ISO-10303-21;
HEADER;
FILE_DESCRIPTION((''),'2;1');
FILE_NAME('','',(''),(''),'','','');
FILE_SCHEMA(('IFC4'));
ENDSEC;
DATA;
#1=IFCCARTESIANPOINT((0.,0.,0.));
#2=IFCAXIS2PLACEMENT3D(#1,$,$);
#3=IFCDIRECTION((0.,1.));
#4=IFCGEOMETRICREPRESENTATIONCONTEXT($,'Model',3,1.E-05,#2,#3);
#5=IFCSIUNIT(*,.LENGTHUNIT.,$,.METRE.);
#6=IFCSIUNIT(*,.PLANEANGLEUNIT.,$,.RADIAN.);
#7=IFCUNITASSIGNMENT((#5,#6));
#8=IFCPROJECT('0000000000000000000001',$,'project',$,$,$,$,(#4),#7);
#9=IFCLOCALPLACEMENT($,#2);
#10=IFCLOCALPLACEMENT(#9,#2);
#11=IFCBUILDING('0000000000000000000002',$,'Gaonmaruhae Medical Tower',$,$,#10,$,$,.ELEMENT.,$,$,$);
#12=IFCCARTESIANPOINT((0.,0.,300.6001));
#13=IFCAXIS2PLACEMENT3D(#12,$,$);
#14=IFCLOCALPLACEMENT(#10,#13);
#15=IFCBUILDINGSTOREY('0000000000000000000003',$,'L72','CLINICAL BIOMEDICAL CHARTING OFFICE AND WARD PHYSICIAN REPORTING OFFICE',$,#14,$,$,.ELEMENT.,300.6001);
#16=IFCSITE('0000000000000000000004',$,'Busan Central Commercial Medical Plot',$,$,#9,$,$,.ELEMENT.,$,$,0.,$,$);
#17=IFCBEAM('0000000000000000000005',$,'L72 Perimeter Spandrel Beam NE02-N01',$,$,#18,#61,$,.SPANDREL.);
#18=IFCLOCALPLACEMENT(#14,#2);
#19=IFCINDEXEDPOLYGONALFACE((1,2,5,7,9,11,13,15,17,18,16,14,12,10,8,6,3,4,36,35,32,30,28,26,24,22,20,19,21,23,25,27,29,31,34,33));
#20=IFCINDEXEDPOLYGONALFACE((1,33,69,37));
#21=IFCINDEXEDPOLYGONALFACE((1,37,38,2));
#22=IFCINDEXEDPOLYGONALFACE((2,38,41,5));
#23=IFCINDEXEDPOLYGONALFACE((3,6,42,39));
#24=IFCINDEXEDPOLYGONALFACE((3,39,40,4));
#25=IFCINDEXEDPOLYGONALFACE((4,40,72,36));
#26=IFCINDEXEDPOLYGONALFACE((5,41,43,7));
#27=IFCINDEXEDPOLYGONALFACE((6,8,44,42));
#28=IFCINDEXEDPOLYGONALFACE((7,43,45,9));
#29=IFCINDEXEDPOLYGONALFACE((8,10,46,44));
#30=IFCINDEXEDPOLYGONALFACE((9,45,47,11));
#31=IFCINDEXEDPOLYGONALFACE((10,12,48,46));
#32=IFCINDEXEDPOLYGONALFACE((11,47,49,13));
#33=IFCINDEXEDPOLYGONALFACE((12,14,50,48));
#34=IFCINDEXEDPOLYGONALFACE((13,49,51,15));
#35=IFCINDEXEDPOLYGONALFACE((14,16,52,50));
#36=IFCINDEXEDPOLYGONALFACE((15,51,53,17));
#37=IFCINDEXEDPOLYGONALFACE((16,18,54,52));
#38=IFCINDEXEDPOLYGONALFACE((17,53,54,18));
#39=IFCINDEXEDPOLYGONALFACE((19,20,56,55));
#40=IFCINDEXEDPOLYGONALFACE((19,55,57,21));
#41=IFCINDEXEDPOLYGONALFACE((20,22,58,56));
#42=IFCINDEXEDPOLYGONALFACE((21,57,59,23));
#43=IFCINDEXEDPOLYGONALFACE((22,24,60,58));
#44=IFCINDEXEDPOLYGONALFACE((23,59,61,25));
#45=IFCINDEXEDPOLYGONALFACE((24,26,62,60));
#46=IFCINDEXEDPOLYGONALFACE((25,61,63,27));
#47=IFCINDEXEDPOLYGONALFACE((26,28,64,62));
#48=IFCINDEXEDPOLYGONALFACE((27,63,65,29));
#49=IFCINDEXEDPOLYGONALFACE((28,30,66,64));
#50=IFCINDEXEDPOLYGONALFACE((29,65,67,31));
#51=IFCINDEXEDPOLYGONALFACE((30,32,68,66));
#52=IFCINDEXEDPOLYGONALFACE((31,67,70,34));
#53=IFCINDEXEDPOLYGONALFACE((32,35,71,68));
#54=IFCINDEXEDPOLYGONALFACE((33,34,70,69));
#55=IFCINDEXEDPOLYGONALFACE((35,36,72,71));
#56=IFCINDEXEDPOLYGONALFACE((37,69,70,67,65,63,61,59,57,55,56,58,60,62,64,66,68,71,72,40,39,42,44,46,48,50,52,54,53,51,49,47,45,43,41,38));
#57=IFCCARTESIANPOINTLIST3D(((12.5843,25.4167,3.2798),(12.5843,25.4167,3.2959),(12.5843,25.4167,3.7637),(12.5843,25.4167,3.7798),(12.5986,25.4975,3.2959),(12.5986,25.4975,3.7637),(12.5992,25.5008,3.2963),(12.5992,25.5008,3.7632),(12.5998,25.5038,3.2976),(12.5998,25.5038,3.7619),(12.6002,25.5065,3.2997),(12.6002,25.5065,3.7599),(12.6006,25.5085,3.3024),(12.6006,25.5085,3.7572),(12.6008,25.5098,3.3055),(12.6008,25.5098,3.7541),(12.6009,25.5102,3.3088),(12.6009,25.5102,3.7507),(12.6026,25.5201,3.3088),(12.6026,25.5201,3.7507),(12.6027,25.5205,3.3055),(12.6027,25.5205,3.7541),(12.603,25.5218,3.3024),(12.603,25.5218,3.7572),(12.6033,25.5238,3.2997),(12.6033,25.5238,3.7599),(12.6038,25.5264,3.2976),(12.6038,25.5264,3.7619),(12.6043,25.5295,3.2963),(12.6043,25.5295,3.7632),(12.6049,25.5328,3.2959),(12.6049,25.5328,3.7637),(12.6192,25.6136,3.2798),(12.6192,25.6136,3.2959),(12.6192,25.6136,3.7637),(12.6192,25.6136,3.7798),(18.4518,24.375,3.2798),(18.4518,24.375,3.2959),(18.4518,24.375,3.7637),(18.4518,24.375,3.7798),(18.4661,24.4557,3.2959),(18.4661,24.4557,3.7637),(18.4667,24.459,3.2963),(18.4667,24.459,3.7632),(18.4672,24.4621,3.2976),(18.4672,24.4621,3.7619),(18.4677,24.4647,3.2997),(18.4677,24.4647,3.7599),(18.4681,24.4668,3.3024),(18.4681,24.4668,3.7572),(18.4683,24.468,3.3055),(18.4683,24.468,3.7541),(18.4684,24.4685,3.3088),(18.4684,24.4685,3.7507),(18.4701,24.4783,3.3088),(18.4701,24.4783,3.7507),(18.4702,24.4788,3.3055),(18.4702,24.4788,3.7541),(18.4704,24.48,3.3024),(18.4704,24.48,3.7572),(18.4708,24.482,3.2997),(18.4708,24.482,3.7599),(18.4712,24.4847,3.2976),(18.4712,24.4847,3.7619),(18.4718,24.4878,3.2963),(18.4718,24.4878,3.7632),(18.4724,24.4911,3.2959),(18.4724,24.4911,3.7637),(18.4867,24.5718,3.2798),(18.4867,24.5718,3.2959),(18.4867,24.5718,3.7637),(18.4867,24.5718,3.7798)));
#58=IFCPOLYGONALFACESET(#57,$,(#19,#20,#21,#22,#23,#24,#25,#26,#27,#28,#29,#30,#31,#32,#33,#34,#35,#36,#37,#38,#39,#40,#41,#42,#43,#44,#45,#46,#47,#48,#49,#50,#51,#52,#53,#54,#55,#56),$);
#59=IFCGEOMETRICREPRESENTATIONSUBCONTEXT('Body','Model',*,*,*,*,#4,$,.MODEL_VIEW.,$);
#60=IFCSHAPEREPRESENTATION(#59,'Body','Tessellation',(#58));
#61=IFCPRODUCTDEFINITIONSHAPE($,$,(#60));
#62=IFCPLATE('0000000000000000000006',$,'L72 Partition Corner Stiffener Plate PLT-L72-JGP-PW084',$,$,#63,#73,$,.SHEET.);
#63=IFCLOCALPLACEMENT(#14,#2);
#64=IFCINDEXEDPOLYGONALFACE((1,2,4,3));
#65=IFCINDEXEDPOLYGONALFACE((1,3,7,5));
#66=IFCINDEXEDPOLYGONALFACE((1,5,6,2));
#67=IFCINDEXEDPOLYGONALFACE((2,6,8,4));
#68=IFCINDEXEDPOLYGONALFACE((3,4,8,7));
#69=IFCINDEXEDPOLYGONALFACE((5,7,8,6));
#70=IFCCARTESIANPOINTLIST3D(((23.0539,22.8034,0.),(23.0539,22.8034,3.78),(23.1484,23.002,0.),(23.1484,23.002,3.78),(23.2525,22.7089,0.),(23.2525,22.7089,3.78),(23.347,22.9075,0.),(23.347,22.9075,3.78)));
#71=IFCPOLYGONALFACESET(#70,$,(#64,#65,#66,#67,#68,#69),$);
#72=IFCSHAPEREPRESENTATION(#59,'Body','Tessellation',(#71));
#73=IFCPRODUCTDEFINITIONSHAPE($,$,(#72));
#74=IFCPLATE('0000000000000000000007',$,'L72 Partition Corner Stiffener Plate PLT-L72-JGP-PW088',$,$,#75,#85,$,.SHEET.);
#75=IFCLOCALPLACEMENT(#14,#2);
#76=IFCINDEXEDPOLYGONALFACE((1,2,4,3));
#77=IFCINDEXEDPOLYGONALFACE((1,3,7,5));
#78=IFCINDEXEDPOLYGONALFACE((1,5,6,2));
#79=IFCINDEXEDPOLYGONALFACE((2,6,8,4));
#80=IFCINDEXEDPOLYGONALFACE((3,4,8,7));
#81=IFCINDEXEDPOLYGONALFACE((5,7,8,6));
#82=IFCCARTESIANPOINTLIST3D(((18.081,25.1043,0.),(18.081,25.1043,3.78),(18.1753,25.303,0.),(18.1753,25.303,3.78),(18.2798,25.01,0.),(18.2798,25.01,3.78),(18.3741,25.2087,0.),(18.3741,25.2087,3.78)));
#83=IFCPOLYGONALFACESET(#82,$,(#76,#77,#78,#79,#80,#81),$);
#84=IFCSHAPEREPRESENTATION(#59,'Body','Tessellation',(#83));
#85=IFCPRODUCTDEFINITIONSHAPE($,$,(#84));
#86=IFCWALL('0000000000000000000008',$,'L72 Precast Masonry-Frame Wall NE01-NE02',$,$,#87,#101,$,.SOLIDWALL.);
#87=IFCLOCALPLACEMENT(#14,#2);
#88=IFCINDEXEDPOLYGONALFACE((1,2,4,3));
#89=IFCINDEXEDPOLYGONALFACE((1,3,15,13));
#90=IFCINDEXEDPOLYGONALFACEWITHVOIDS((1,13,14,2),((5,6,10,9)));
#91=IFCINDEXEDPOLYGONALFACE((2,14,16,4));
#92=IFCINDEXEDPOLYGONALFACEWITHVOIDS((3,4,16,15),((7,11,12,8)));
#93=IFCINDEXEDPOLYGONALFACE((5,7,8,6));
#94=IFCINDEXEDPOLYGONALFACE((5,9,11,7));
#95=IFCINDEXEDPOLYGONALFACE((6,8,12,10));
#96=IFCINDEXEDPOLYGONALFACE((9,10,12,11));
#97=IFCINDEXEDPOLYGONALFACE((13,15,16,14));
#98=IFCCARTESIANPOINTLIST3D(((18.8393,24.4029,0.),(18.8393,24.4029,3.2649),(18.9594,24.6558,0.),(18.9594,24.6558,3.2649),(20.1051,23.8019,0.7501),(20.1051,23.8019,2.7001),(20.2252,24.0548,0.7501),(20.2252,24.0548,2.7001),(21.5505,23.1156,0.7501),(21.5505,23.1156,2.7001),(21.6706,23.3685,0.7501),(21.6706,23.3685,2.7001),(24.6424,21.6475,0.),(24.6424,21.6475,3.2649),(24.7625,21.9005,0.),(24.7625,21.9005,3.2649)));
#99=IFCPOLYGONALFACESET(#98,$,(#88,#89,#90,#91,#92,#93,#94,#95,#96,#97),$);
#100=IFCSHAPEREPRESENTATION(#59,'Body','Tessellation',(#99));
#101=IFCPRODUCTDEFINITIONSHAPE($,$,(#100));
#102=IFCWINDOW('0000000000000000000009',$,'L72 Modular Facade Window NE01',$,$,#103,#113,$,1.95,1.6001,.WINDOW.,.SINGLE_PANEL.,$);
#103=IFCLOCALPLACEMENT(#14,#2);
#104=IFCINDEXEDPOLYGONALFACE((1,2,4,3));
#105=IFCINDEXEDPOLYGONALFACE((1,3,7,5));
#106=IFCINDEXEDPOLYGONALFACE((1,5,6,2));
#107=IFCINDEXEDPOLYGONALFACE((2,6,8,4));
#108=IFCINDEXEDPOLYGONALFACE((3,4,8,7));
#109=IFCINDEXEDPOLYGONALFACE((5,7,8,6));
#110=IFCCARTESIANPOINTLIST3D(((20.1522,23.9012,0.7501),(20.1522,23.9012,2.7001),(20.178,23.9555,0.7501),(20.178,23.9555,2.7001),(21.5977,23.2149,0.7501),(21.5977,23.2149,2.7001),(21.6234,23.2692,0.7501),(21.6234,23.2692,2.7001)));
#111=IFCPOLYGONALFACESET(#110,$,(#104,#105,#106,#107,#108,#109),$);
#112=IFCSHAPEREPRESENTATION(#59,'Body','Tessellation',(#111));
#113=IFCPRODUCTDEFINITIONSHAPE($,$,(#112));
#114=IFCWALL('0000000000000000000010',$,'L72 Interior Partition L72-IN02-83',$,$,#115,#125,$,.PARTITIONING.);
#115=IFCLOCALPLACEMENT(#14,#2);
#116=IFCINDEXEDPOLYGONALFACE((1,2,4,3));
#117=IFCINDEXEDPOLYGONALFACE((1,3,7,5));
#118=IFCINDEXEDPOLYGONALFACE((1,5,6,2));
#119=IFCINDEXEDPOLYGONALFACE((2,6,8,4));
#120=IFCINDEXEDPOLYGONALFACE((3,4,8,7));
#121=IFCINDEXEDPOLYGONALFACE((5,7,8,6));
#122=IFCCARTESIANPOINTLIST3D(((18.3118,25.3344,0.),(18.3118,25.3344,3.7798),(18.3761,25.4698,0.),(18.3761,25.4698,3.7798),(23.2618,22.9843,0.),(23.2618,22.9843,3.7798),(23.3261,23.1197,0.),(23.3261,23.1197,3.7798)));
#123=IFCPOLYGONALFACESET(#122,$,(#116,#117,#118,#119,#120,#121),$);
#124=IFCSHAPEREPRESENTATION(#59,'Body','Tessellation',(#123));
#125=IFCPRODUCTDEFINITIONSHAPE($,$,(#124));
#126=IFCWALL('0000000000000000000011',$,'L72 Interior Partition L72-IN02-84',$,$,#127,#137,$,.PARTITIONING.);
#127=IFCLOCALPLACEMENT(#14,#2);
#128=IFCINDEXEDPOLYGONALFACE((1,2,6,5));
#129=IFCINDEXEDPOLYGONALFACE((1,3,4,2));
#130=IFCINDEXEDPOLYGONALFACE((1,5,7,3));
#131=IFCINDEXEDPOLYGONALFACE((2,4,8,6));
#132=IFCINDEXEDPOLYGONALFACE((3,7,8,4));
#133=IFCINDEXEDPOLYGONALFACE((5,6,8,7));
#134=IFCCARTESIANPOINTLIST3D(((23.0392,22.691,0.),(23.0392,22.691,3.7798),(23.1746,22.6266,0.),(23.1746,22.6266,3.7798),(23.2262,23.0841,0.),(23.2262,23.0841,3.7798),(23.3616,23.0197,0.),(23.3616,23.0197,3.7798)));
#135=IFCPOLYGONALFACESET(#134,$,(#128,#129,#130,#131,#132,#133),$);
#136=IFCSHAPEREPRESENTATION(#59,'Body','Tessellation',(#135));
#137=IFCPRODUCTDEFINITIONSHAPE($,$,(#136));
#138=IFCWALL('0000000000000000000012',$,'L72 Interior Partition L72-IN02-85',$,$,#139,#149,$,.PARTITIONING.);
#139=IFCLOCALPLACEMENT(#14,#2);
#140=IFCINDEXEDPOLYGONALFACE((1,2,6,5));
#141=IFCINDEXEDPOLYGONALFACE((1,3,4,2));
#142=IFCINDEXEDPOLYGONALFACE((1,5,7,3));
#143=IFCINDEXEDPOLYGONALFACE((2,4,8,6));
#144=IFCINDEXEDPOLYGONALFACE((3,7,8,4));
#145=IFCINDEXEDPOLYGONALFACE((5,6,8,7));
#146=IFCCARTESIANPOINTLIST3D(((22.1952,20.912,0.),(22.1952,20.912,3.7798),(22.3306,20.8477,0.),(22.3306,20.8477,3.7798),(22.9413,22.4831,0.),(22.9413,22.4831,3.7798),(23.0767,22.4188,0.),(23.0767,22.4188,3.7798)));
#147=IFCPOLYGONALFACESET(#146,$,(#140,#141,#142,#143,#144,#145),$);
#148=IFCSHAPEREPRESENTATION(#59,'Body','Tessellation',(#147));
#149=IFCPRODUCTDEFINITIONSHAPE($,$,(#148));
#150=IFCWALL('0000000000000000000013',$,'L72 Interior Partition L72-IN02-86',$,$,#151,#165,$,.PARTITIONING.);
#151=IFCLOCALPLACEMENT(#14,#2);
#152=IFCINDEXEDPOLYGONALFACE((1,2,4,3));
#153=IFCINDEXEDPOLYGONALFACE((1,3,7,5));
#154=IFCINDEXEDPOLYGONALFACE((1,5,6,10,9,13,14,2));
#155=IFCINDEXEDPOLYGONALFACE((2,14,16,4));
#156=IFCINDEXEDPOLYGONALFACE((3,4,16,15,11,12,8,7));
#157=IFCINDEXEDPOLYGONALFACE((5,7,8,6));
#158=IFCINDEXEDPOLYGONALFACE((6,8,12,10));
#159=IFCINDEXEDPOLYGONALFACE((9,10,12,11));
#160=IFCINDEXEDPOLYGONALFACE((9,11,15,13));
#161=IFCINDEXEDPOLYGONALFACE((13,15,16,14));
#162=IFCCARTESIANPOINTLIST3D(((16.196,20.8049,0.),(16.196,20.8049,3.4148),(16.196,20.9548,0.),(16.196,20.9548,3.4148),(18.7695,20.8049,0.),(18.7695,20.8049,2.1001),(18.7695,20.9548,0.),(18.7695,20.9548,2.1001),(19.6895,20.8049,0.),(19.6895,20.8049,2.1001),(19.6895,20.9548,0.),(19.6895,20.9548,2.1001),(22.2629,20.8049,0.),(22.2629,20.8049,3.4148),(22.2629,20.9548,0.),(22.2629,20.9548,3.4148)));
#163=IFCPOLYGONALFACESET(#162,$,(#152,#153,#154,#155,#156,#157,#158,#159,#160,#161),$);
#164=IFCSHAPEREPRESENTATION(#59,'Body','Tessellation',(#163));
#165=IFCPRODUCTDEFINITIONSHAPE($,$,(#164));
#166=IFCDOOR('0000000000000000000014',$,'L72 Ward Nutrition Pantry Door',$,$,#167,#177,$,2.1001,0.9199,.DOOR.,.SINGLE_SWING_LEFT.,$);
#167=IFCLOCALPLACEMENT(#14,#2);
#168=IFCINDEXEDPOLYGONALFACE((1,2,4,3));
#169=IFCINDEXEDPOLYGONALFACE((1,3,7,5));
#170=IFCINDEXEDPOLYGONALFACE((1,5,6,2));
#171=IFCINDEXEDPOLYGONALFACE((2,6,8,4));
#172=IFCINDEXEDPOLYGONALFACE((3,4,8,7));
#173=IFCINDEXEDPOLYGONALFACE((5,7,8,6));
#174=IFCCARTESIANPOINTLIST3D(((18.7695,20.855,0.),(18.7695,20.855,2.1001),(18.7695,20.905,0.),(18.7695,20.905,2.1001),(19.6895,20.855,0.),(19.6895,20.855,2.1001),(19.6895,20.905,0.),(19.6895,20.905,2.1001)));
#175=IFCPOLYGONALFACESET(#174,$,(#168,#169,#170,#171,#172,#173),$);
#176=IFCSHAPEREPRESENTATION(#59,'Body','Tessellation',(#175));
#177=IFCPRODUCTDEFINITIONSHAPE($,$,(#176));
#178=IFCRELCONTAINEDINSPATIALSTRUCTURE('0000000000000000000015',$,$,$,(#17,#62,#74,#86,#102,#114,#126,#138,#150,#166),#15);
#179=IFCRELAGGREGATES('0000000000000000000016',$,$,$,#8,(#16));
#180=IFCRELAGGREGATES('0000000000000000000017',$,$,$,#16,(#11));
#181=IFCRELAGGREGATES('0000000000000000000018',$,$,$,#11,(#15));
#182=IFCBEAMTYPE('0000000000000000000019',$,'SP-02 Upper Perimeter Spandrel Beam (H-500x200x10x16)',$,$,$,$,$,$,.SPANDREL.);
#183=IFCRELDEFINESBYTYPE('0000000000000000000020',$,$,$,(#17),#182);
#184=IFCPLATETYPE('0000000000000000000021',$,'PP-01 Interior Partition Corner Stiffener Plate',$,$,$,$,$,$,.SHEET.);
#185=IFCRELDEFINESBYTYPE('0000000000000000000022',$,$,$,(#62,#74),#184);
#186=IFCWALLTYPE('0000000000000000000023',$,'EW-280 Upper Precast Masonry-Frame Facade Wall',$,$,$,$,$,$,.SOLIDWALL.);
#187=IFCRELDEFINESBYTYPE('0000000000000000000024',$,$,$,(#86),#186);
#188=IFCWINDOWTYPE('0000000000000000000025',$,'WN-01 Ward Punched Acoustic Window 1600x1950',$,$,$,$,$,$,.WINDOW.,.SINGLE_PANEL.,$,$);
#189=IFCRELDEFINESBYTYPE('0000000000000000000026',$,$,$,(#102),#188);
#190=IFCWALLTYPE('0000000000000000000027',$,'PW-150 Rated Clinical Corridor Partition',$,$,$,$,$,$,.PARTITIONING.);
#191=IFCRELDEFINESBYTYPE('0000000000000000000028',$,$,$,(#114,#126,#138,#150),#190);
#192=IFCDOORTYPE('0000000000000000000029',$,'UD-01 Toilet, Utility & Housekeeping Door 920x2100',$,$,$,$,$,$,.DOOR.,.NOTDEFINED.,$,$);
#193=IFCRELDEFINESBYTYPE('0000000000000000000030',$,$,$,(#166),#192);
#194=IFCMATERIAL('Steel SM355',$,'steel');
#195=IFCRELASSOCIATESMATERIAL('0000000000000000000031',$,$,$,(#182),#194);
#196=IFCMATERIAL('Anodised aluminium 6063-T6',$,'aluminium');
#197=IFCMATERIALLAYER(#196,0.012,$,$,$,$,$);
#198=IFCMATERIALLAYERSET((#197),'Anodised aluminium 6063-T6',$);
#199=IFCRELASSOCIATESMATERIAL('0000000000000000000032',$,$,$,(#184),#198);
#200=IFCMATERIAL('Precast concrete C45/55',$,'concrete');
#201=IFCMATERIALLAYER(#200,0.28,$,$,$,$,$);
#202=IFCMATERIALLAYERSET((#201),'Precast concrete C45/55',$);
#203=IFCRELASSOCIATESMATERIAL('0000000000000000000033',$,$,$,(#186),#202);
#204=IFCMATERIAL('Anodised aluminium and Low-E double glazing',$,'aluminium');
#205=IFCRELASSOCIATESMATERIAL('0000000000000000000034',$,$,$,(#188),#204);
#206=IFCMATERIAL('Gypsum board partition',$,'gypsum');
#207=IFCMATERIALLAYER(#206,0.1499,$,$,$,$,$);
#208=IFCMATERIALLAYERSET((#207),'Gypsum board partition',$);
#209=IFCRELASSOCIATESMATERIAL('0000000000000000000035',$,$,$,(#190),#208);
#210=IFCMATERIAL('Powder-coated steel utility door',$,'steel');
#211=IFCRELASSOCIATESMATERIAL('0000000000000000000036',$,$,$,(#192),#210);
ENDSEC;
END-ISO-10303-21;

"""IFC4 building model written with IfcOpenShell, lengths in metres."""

from ifc_helpers import new_model, si_unit, direction, frame, frame_2d, origin, origin_2d, place, context, subcontext, project, spatial, rectangle, i_section, extrude, material, layer, layer_set, material_profile, profile_set, type_object, element, fill, save


model = new_model("IFC4")

# Units and contexts
model_context = context("Model", 3, precision=1e-05, world=origin(), true_north=direction((0.0, 1.0)))
body_context = subcontext(model_context, "Body", "Model", "MODEL_VIEW")
ifc_project = project(units=[si_unit("LENGTHUNIT", "METRE"), si_unit("PLANEANGLEUNIT", "RADIAN")], contexts=[model_context])

# Site, building, storey
site_placement = place(None, origin())
site = spatial("IfcSite", under=ifc_project, at=site_placement, Name="Busan Central Commercial Medical Plot", CompositionType="ELEMENT", RefElevation=0.0)
building_placement = place(site_placement, origin())
building = spatial("IfcBuilding", under=site, at=building_placement, Name="Gaonmaruhae Medical Tower", CompositionType="ELEMENT")
storey_placement = place(building_placement, frame((0.0, 0.0, 300.6001)))
storey = spatial("IfcBuildingStorey", under=building, at=storey_placement, Name="L72", Description="CLINICAL BIOMEDICAL CHARTING OFFICE AND WARD PHYSICIAN REPORTING OFFICE", CompositionType="ELEMENT", Elevation=300.6001)

# Beam
ifc_material_1 = material(Name="Steel SM355", Category="steel")
ifc_material_profile_1 = material_profile(ifc_material_1, i_section(OverallWidth=0.2, OverallDepth=0.5, WebThickness=0.01, FlangeThickness=0.0161, FilletRadius=0.0129, at=origin_2d()), Name="H-500x200x10x16")
ifc_profile_set_1 = profile_set([ifc_material_profile_1], Name="Steel SM355")
beam_type_1 = type_object("IfcBeamType", Name="SP-02 Upper Perimeter Spandrel Beam (H-500x200x10x16)", PredefinedType="SPANDREL", material=ifc_profile_set_1)
beam_1_placement = place(storey_placement, frame((18.4692, 24.4734, 3.5298), z_axis=(-0.984602, 0.174814, 0.0), x_axis=(-0.174814, -0.984602, 0.0)))
element("IfcBeam", 1, at=beam_1_placement, inside=storey, type_object=beam_type_1, Name="L72 Perimeter Spandrel Beam NE02-N01", PredefinedType="SPANDREL", context=body_context, shape_type="SweptSolid", body=[
    extrude(i_section(OverallWidth=0.2, OverallDepth=0.5, WebThickness=0.01, FlangeThickness=0.0161, FilletRadius=0.0129, at=origin_2d()), origin(), (0.0, 0.0, 1.0), 5.9592),
])

# Plates
ifc_material_2 = material(Name="Anodised aluminium 6063-T6", Category="aluminium")
ifc_layer_1 = layer(ifc_material_2, 0.012)
ifc_layer_set_1 = layer_set([ifc_layer_1], Name="Anodised aluminium 6063-T6")
plate_type = type_object("IfcPlateType", Name="PP-01 Interior Partition Corner Stiffener Plate", PredefinedType="SHEET", material=ifc_layer_set_1)
for number, where, z_axis, x_axis, name in (
    (2, (23.2004, 22.8555, 0.0), (0.0, 0.0, 1.0), (-0.42966, -0.902991, 0.0), "L72 Partition Corner Stiffener Plate PLT-L72-JGP-PW084"),
    (3, (18.2275, 25.1565, 0.0), (0.0, 0.0, 1.0), (0.428714, 0.90344, 0.0), "L72 Partition Corner Stiffener Plate PLT-L72-JGP-PW088"),
):
    element("IfcPlate", number, at=place(storey_placement, frame(where, z_axis=z_axis, x_axis=x_axis)), inside=storey, type_object=plate_type, Name=name, PredefinedType="SHEET", context=body_context, shape_type="SweptSolid", body=[
        extrude(rectangle(XDim=0.22, YDim=0.22, at=origin_2d()), origin(), (0.0, 0.0, 1.0), 3.78),
    ])

# Wall, opening, window
ifc_material_3 = material(Name="Precast concrete C45/55", Category="concrete")
ifc_layer_2 = layer(ifc_material_3, 0.28)
ifc_layer_set_2 = layer_set([ifc_layer_2], Name="Precast concrete C45/55")
wall_type_1 = type_object("IfcWallType", Name="EW-280 Upper Precast Masonry-Frame Facade Wall", PredefinedType="SOLIDWALL", material=ifc_layer_set_2)
wall_1_placement = place(storey_placement, frame((18.8994, 24.5293, 0.0), z_axis=(0.0, 0.0, 1.0), x_axis=(0.903347, -0.42891, 0.0)))
wall_1 = element("IfcWall", 4, at=wall_1_placement, inside=storey, type_object=wall_type_1, Name="L72 Precast Masonry-Frame Wall NE01-NE02", PredefinedType="SOLIDWALL", context=body_context, shape_type="SweptSolid", body=[
    extrude(rectangle(XDim=6.4241, YDim=0.28, at=frame_2d((3.2119, 0.0))), origin(), (0.0, 0.0, 1.0), 3.2649),
])
opening_1_placement = place(wall_1_placement, frame((1.4011, 0.0, 0.75)))
opening_1 = element("IfcOpeningElement", 5, at=opening_1_placement, cuts=wall_1, PredefinedType="OPENING", context=body_context, shape_type="SweptSolid", body=[
    extrude(rectangle(XDim=1.6001, YDim=1.95, at=frame_2d((0.8, 0.9751))), frame((0.0, 0.1499, 0.0), z_axis=(0.0, -1.0, 0.0), x_axis=(1.0, 0.0, 0.0)), (0.0, 0.0, 1.0), 0.3),
])
ifc_material_4 = material(Name="Anodised aluminium and Low-E double glazing", Category="aluminium")
window_type = type_object("IfcWindowType", Name="WN-01 Ward Punched Acoustic Window 1600x1950", PartitioningType="SINGLE_PANEL", PredefinedType="WINDOW", material=ifc_material_4)
window_placement = place(opening_1_placement, origin())
window = element("IfcWindow", 6, at=window_placement, inside=storey, type_object=window_type, Name="L72 Modular Facade Window NE01", OverallHeight=1.95, OverallWidth=1.6001, PartitioningType="SINGLE_PANEL", PredefinedType="WINDOW", context=body_context, shape_type="SweptSolid", body=[
    extrude(rectangle(XDim=1.6001, YDim=1.95, at=frame_2d((0.8, 0.9751))), frame((0.0, 0.03, 0.0), z_axis=(0.0, -1.0, 0.0), x_axis=(1.0, 0.0, 0.0)), (0.0, 0.0, 1.0), 0.0601),
])
fill(opening_1, window)

# Walls
ifc_material_5 = material(Name="Gypsum board partition", Category="gypsum")
ifc_layer_3 = layer(ifc_material_5, 0.1499)
ifc_layer_set_3 = layer_set([ifc_layer_3], Name="Gypsum board partition")
wall_type_2 = type_object("IfcWallType", Name="PW-150 Rated Clinical Corridor Partition", PredefinedType="PARTITIONING", material=ifc_layer_set_3)
wall_2_placement = place(storey_placement, frame((18.344, 25.4021, 0.0), z_axis=(0.0, 0.0, 1.0), x_axis=(0.903357, -0.428889, 0.0)))
element("IfcWall", 7, at=wall_2_placement, inside=storey, type_object=wall_type_2, Name="L72 Interior Partition L72-IN02-83", PredefinedType="PARTITIONING", context=body_context, shape_type="SweptSolid", body=[
    extrude(rectangle(XDim=5.4795, YDim=0.1499, at=frame_2d((2.7397, 0.0))), origin(), (0.0, 0.0, 1.0), 3.7798),
])
wall_3_placement = place(storey_placement, frame((23.2939, 23.052, 0.0), z_axis=(0.0, 0.0, 1.0), x_axis=(-0.429629, -0.903006, 0.0)))
element("IfcWall", 8, at=wall_3_placement, inside=storey, type_object=wall_type_2, Name="L72 Interior Partition L72-IN02-84", PredefinedType="PARTITIONING", context=body_context, shape_type="SweptSolid", body=[
    extrude(rectangle(XDim=0.4353, YDim=0.1499, at=frame_2d((0.2178, 0.0))), origin(), (0.0, 0.0, 1.0), 3.7798),
])
wall_4_placement = place(storey_placement, frame((23.009, 22.4509, 0.0), z_axis=(0.0, 0.0, 1.0), x_axis=(-0.428985, -0.903312, 0.0)))
element("IfcWall", 9, at=wall_4_placement, inside=storey, type_object=wall_type_2, Name="L72 Interior Partition L72-IN02-85", PredefinedType="PARTITIONING", context=body_context, shape_type="SweptSolid", body=[
    extrude(rectangle(XDim=1.7393, YDim=0.1499, at=frame_2d((0.8696, 0.0))), origin(), (0.0, 0.0, 1.0), 3.7798),
])

# Wall, opening, door
wall_5_placement = place(storey_placement, frame((22.2629, 20.8799, 0.0), z_axis=(0.0, 0.0, 1.0), x_axis=(-1.0, 0.0, 0.0)))
wall_5 = element("IfcWall", 10, at=wall_5_placement, inside=storey, type_object=wall_type_2, Name="L72 Interior Partition L72-IN02-86", PredefinedType="PARTITIONING", context=body_context, shape_type="SweptSolid", body=[
    extrude(rectangle(XDim=6.0669, YDim=0.1499, at=frame_2d((3.0334, 0.0))), origin(), (0.0, 0.0, 1.0), 3.4148),
])
opening_2_placement = place(wall_5_placement, frame((2.5735, 0.0, 0.0)))
opening_2 = element("IfcOpeningElement", 11, at=opening_2_placement, cuts=wall_5, PredefinedType="OPENING", context=body_context, shape_type="SweptSolid", body=[
    extrude(rectangle(XDim=0.9199, YDim=2.1001, at=frame_2d((0.46, 1.05))), frame((0.0, 0.085, 0.0), z_axis=(0.0, -1.0, 0.0), x_axis=(1.0, 0.0, 0.0)), (0.0, 0.0, 1.0), 0.1699),
])
ifc_material_6 = material(Name="Powder-coated steel utility door", Category="steel")
door_type_1 = type_object("IfcDoorType", Name="UD-01 Toilet, Utility & Housekeeping Door 920x2100", OperationType="NOTDEFINED", PredefinedType="DOOR", material=ifc_material_6)
door_1_placement = place(opening_2_placement, origin())
door_1 = element("IfcDoor", 12, at=door_1_placement, inside=storey, type_object=door_type_1, Name="L72 Ward Nutrition Pantry Door", OperationType="SINGLE_SWING_LEFT", OverallHeight=2.1001, OverallWidth=0.9199, PredefinedType="DOOR", context=body_context, shape_type="SweptSolid", body=[
    extrude(rectangle(XDim=0.9199, YDim=2.1001, at=frame_2d((0.46, 1.05))), frame((0.0, 0.0249, 0.0), z_axis=(0.0, -1.0, 0.0), x_axis=(1.0, 0.0, 0.0)), (0.0, 0.0, 1.0), 0.05),
])
fill(opening_2, door_1)

save(model, "model.ifc")
